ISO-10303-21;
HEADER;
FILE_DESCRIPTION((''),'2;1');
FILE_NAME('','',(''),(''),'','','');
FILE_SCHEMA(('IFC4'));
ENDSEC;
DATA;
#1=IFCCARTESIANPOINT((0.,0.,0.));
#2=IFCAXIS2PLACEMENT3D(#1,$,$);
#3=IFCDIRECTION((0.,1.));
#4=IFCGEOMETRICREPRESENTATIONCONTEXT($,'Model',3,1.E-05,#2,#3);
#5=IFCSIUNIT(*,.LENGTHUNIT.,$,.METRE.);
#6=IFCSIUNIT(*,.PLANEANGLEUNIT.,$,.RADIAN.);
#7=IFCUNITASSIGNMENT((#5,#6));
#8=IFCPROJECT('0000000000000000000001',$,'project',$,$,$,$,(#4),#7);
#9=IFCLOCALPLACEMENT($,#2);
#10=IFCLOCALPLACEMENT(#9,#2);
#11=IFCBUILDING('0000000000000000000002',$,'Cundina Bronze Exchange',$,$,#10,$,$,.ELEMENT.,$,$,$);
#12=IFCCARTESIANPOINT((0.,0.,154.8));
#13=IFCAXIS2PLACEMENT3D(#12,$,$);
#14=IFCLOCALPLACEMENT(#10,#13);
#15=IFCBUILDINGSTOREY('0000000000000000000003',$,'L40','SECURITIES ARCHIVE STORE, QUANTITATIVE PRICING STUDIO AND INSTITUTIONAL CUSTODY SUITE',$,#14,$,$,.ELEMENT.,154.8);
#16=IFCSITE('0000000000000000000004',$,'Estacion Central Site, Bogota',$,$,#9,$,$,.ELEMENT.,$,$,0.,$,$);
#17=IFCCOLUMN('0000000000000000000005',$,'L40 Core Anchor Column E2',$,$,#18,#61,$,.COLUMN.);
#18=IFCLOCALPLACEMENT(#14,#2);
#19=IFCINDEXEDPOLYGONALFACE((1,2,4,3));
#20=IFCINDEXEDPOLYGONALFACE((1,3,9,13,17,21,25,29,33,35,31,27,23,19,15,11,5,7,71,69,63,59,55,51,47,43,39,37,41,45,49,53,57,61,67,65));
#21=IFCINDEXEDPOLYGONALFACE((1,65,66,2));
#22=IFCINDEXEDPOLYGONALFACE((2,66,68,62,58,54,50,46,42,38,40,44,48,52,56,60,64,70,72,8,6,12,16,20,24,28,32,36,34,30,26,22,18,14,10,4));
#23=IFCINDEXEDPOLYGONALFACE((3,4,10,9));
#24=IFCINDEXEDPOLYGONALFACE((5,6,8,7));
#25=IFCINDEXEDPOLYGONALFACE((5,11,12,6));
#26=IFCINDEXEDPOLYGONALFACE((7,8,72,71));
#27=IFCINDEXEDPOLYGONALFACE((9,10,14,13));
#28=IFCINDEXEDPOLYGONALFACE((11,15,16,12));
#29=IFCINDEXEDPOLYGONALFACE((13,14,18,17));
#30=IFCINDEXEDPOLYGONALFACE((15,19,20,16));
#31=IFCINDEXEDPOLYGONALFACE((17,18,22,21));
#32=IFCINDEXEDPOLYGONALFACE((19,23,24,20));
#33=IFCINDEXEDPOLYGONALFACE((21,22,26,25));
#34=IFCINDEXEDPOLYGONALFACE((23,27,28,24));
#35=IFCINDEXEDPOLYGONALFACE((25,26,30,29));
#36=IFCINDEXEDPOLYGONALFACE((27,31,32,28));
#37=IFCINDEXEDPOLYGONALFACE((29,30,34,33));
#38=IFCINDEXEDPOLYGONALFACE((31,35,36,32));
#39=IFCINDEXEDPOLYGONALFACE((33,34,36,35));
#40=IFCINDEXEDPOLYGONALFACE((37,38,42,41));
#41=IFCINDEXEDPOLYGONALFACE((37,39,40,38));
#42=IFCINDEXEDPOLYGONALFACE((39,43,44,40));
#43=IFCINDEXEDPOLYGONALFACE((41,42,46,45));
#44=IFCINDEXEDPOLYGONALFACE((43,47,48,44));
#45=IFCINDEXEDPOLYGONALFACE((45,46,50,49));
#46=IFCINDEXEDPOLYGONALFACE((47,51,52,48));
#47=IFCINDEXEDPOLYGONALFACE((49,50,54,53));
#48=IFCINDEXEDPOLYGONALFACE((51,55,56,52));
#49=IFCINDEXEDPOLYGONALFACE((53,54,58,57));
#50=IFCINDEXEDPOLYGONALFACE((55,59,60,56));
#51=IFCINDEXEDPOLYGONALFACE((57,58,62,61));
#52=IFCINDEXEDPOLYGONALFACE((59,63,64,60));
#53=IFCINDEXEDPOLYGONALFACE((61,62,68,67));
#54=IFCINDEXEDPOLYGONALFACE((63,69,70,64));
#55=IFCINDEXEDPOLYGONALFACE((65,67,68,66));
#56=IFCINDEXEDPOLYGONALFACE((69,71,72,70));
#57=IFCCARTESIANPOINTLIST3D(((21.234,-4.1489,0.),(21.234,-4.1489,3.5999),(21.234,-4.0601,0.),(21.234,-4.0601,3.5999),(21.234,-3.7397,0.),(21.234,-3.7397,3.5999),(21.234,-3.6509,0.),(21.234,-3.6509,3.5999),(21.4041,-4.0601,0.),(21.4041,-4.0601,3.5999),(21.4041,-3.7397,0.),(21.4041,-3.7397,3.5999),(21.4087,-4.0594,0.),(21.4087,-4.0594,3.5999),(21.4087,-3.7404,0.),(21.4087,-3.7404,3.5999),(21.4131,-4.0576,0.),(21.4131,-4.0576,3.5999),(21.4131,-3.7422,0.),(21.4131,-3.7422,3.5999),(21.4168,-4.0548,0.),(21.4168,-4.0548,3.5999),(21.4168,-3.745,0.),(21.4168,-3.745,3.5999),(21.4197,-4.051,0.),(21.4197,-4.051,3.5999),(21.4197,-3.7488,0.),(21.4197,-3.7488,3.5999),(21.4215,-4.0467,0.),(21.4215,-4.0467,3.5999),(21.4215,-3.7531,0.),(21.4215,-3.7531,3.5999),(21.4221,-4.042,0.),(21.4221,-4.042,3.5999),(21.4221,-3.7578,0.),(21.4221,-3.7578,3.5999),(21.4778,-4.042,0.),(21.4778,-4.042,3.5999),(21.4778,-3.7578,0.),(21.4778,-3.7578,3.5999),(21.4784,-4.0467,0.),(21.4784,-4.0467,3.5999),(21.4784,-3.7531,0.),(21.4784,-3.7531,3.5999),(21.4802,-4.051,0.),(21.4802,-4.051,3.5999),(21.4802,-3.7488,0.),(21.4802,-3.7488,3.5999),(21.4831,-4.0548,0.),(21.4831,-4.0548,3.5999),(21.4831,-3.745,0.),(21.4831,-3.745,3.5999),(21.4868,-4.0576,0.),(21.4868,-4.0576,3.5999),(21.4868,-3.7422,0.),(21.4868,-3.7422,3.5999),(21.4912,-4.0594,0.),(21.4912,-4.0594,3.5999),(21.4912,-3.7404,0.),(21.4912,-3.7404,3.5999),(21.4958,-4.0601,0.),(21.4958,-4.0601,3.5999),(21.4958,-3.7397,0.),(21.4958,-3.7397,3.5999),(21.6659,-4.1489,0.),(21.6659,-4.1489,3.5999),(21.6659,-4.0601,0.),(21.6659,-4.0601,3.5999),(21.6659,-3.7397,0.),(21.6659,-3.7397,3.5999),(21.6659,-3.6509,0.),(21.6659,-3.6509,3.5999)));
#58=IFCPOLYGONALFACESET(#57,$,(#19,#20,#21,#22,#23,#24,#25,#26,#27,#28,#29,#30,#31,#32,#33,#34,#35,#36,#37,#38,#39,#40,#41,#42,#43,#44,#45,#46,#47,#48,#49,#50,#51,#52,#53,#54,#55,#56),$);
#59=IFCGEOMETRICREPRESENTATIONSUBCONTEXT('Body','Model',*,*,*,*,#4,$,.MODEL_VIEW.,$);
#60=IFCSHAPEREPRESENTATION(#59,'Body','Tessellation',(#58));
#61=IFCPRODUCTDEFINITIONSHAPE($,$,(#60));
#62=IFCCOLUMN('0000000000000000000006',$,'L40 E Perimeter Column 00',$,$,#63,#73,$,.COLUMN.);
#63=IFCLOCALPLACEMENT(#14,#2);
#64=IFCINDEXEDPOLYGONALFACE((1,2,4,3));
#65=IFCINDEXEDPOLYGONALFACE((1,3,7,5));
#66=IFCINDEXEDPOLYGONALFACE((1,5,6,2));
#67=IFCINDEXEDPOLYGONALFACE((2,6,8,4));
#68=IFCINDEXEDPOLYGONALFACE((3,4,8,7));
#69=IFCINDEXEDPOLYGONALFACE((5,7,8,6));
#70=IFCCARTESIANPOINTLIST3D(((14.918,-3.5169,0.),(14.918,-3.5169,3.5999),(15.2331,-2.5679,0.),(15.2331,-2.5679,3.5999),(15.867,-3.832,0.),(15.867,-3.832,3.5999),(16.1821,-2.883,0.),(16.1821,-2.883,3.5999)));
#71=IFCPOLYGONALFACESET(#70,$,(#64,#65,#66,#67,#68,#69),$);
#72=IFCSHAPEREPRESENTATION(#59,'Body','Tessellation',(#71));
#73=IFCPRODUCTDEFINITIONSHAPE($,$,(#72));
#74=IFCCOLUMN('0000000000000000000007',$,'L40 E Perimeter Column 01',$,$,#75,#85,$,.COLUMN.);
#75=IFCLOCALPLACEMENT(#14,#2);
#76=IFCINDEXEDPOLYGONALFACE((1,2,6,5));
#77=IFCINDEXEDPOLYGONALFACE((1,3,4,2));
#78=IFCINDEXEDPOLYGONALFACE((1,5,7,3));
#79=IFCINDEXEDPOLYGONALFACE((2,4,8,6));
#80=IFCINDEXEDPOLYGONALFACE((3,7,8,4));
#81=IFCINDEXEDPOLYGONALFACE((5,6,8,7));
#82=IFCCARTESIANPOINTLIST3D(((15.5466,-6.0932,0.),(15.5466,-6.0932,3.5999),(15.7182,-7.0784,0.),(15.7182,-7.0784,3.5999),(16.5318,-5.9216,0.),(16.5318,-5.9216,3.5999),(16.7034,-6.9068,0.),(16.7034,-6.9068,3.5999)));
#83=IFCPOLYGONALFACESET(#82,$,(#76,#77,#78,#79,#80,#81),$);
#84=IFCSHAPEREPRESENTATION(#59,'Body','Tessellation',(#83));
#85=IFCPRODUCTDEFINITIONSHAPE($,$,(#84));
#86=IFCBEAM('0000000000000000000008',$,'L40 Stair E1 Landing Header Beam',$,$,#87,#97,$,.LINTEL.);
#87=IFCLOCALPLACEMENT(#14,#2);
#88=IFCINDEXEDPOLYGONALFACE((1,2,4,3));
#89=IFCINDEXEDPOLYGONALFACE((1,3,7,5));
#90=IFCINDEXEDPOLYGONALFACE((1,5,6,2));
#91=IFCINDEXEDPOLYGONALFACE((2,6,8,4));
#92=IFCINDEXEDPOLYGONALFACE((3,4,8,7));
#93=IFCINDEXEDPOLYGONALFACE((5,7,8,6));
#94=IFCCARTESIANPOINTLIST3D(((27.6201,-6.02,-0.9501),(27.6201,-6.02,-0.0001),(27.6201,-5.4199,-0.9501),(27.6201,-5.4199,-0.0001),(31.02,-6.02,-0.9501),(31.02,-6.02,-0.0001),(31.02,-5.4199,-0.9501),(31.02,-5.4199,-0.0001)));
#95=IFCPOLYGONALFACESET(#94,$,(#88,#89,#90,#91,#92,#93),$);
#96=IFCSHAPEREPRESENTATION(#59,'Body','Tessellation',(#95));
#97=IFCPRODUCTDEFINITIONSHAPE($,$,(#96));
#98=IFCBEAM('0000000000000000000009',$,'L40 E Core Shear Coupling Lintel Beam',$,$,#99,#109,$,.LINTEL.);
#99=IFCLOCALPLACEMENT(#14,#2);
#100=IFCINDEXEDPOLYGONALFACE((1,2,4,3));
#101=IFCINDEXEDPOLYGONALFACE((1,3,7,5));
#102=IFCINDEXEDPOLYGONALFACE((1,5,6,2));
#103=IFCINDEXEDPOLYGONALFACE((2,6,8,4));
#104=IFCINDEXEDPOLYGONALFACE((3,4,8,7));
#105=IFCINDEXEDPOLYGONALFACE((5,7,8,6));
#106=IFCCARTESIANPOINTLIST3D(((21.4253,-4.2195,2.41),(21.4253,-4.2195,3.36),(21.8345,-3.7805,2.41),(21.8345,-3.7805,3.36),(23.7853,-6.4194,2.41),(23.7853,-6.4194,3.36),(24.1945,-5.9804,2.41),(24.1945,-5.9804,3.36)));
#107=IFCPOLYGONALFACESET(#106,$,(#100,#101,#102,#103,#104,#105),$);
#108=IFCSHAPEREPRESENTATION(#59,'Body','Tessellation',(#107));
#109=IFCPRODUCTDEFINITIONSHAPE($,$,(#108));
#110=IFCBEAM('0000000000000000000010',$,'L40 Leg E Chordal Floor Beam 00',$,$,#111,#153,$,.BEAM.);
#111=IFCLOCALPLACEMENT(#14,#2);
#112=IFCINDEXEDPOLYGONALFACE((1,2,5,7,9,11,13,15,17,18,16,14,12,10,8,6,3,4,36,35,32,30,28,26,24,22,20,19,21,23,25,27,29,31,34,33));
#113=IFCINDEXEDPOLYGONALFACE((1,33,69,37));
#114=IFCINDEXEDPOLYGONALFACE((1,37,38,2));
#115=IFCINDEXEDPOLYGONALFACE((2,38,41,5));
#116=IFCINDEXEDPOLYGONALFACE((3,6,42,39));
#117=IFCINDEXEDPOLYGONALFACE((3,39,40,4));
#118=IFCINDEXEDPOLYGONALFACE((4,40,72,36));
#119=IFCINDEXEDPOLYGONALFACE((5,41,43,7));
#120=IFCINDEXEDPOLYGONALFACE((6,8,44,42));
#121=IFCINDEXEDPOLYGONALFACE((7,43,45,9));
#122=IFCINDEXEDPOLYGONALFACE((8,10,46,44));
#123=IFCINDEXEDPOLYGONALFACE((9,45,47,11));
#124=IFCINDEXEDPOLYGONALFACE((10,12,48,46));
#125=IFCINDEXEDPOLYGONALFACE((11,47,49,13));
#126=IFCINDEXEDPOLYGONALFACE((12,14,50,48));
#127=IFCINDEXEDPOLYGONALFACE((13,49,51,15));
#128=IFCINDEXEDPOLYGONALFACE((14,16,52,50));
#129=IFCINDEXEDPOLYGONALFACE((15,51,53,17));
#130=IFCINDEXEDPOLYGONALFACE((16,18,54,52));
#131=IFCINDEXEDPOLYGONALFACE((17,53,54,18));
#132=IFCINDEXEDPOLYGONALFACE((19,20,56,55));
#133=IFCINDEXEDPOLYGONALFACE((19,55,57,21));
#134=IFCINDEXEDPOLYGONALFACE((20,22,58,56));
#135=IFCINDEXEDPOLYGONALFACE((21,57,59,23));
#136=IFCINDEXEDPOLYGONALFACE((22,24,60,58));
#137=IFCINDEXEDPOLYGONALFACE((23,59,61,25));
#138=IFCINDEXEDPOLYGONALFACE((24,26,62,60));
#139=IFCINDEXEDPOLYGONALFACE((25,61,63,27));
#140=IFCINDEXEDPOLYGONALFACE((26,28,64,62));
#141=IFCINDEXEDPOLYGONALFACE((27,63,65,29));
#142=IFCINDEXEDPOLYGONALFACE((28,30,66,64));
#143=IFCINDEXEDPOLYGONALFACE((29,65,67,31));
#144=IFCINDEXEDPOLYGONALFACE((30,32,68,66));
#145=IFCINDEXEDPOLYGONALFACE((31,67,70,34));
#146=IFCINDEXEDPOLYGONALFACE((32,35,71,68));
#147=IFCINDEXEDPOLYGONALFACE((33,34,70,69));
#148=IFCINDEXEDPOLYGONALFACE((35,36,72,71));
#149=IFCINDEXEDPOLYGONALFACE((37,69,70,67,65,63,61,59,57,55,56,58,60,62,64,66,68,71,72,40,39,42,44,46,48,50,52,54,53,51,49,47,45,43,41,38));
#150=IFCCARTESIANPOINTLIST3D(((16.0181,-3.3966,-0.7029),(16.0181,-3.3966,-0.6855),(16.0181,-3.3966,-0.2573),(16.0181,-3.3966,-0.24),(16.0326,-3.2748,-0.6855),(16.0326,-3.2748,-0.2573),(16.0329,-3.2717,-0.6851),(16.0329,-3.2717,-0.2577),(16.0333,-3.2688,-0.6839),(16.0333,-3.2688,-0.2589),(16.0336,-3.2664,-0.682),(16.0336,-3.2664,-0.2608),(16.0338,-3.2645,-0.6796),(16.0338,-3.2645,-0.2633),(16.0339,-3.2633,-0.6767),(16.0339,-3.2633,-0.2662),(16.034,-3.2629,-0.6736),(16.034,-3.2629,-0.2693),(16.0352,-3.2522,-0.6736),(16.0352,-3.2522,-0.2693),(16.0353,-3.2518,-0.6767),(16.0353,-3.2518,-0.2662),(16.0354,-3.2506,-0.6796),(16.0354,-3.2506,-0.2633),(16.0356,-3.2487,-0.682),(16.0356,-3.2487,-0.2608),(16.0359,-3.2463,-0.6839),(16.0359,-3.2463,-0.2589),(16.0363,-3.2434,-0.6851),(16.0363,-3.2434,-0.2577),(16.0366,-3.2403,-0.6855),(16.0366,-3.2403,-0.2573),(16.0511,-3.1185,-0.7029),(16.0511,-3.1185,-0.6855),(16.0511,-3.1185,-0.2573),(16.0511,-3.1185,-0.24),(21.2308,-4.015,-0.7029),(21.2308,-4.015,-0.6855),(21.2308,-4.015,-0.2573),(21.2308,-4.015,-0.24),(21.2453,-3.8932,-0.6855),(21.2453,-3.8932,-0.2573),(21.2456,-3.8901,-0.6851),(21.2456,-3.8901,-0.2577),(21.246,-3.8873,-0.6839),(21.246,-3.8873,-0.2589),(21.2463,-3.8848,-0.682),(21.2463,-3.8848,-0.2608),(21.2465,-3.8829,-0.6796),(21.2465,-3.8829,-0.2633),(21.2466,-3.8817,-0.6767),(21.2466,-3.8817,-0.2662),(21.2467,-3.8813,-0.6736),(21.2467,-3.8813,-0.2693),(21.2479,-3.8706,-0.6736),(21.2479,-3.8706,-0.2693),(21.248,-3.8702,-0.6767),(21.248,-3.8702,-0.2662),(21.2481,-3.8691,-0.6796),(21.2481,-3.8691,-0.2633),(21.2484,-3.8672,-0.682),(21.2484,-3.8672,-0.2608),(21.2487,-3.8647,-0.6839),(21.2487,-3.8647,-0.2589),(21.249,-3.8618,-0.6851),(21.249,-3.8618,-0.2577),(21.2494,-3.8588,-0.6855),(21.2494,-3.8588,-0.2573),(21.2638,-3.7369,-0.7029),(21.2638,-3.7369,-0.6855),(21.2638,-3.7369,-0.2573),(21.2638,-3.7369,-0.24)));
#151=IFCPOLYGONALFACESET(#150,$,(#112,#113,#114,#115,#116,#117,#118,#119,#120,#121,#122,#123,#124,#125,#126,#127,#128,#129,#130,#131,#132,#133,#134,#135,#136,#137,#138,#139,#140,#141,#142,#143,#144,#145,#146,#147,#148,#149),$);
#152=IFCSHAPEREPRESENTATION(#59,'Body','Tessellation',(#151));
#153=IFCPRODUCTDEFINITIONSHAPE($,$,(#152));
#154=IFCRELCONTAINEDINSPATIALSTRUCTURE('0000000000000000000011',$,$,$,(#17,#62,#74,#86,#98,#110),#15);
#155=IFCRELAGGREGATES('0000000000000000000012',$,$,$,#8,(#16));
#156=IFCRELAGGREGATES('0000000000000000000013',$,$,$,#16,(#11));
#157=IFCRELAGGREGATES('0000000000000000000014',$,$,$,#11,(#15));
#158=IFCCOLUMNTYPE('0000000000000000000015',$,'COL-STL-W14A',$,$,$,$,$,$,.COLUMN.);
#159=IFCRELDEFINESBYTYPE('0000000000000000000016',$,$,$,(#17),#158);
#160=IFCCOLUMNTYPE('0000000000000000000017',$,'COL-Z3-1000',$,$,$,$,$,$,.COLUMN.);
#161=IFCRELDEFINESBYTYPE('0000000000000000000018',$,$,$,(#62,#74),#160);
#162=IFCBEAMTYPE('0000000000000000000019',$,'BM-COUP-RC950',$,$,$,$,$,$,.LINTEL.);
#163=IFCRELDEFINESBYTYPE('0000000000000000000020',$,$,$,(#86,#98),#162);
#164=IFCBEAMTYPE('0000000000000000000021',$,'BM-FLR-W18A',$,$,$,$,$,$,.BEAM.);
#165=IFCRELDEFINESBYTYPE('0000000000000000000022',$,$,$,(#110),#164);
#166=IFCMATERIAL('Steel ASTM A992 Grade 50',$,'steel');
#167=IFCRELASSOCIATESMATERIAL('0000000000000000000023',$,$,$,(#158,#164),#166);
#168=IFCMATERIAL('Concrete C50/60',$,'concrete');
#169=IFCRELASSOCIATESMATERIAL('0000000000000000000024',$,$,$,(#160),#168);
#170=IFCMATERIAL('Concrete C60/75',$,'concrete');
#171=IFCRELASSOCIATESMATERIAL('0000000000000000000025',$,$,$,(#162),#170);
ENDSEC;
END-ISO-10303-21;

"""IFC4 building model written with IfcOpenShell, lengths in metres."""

from ifc_helpers import new_model, si_unit, direction, frame, origin, origin_2d, place, context, subcontext, project, spatial, rectangle, i_section, extrude, material, material_profile, profile_set, type_object, element, save


model = new_model("IFC4")

# Units and contexts
model_context = context("Model", 3, precision=1e-05, world=origin(), true_north=direction((0.0, 1.0)))
body_context = subcontext(model_context, "Body", "Model", "MODEL_VIEW")
ifc_project = project(units=[si_unit("LENGTHUNIT", "METRE"), si_unit("PLANEANGLEUNIT", "RADIAN")], contexts=[model_context])

# Site, building, storey
site_placement = place(None, origin())
site = spatial("IfcSite", under=ifc_project, at=site_placement, Name="Estacion Central Site, Bogota", CompositionType="ELEMENT", RefElevation=0.0)
building_placement = place(site_placement, origin())
building = spatial("IfcBuilding", under=site, at=building_placement, Name="Cundina Bronze Exchange", CompositionType="ELEMENT")
storey_placement = place(building_placement, frame((0.0, 0.0, 154.8)))
storey = spatial("IfcBuildingStorey", under=building, at=storey_placement, Name="L40", Description="SECURITIES ARCHIVE STORE, QUANTITATIVE PRICING STUDIO AND INSTITUTIONAL CUSTODY SUITE", CompositionType="ELEMENT", Elevation=154.8)

# Columns
ifc_material_1 = material(Name="Steel ASTM A992 Grade 50", Category="steel")
ifc_material_profile_1 = material_profile(ifc_material_1, i_section(OverallWidth=0.4319, OverallDepth=0.498, WebThickness=0.0557, FlangeThickness=0.0889, FilletRadius=0.0181, at=origin_2d()), Name="W14X500", Category="steel")
ifc_profile_set_1 = profile_set([ifc_material_profile_1], Name="Steel ASTM A992 Grade 50")
column_type_1 = type_object("IfcColumnType", Name="COL-STL-W14A", PredefinedType="COLUMN", material=ifc_profile_set_1)
column_placement = place(storey_placement, frame((21.45, -3.8999, 0.0), z_axis=(0.0, 0.0, 1.0), x_axis=(1.0, 0.0, 0.0)))
element("IfcColumn", 1, at=column_placement, inside=storey, type_object=column_type_1, Name="L40 Core Anchor Column E2", PredefinedType="COLUMN", context=body_context, shape_type="SweptSolid", body=[
    extrude(i_section(OverallWidth=0.4319, OverallDepth=0.498, WebThickness=0.0557, FlangeThickness=0.0889, FilletRadius=0.0181, at=origin_2d()), origin(), (0.0, 0.0, 1.0), 3.5999),
])
ifc_material_2 = material(Name="Concrete C50/60", Category="concrete")
ifc_material_profile_2 = material_profile(ifc_material_2, rectangle(XDim=1.0, YDim=1.0, at=origin_2d()), Name="RC1000X1000", Category="concrete")
ifc_profile_set_2 = profile_set([ifc_material_profile_2], Name="Concrete C50/60")
column_type_2 = type_object("IfcColumnType", Name="COL-Z3-1000", PredefinedType="COLUMN", material=ifc_profile_set_2)
for number, where, z_axis, x_axis, name in (
    (2, (15.55, -3.2, 0.0), (0.0, 0.0, 1.0), (-0.315152, -0.949041, 0.0), "L40 E Perimeter Column 00"),
    (3, (16.125, -6.5, 0.0), (0.0, 0.0, 1.0), (0.171585, -0.985169, 0.0), "L40 E Perimeter Column 01"),
):
    element("IfcColumn", number, at=place(storey_placement, frame(where, z_axis=z_axis, x_axis=x_axis)), inside=storey, type_object=column_type_2, Name=name, PredefinedType="COLUMN", context=body_context, shape_type="SweptSolid", body=[
        extrude(rectangle(XDim=1.0, YDim=1.0, at=origin_2d()), origin(), (0.0, 0.0, 1.0), 3.5999),
    ])

# Beams
ifc_material_3 = material(Name="Concrete C60/75", Category="concrete")
ifc_material_profile_3 = material_profile(ifc_material_3, rectangle(XDim=0.6001, YDim=0.95, at=origin_2d()), Name="RC600X950", Category="concrete")
ifc_profile_set_3 = profile_set([ifc_material_profile_3], Name="Concrete C60/75")
beam_type_1 = type_object("IfcBeamType", Name="BM-COUP-RC950", PredefinedType="LINTEL", material=ifc_profile_set_3)
beam_1_placement = place(storey_placement, frame((27.6201, -5.72, -0.4751), z_axis=(1.0, 0.0, 0.0), x_axis=(0.0, 1.0, 0.0)))
element("IfcBeam", 4, at=beam_1_placement, inside=storey, type_object=beam_type_1, Name="L40 Stair E1 Landing Header Beam", PredefinedType="LINTEL", context=body_context, shape_type="SweptSolid", body=[
    extrude(rectangle(XDim=0.6001, YDim=0.95, at=origin_2d()), origin(), (0.0, 0.0, 1.0), 3.3999),
])
beam_2_placement = place(storey_placement, frame((21.6299, -4.0, 2.885), z_axis=(0.73149, -0.681852, 0.0), x_axis=(0.681852, 0.73149, 0.0)))
element("IfcBeam", 5, at=beam_2_placement, inside=storey, type_object=beam_type_1, Name="L40 E Core Shear Coupling Lintel Beam", PredefinedType="LINTEL", context=body_context, shape_type="SweptSolid", body=[
    extrude(rectangle(XDim=0.6001, YDim=0.95, at=origin_2d()), origin(), (0.0, 0.0, 1.0), 3.2263),
])
ifc_material_profile_4 = material_profile(ifc_material_1, i_section(OverallWidth=0.28, OverallDepth=0.4629, WebThickness=0.0107, FlangeThickness=0.0173, FilletRadius=0.012, at=origin_2d()), Name="W18X76", Category="steel")
ifc_profile_set_4 = profile_set([ifc_material_profile_4], Name="Steel ASTM A992 Grade 50")
beam_type_2 = type_object("IfcBeamType", Name="BM-FLR-W18A", PredefinedType="BEAM", material=ifc_profile_set_4)
beam_3_placement = place(storey_placement, frame((21.2473, -3.876, -0.4714), z_axis=(-0.993036, 0.11781, 0.0), x_axis=(-0.11781, -0.993036, 0.0)))
element("IfcBeam", 6, at=beam_3_placement, inside=storey, type_object=beam_type_2, Name="L40 Leg E Chordal Floor Beam 00", PredefinedType="BEAM", context=body_context, shape_type="SweptSolid", body=[
    extrude(i_section(OverallWidth=0.28, OverallDepth=0.4629, WebThickness=0.0107, FlangeThickness=0.0173, FilletRadius=0.012, at=origin_2d()), origin(), (0.0, 0.0, 1.0), 5.2493),
])

save(model, "model.ifc")
